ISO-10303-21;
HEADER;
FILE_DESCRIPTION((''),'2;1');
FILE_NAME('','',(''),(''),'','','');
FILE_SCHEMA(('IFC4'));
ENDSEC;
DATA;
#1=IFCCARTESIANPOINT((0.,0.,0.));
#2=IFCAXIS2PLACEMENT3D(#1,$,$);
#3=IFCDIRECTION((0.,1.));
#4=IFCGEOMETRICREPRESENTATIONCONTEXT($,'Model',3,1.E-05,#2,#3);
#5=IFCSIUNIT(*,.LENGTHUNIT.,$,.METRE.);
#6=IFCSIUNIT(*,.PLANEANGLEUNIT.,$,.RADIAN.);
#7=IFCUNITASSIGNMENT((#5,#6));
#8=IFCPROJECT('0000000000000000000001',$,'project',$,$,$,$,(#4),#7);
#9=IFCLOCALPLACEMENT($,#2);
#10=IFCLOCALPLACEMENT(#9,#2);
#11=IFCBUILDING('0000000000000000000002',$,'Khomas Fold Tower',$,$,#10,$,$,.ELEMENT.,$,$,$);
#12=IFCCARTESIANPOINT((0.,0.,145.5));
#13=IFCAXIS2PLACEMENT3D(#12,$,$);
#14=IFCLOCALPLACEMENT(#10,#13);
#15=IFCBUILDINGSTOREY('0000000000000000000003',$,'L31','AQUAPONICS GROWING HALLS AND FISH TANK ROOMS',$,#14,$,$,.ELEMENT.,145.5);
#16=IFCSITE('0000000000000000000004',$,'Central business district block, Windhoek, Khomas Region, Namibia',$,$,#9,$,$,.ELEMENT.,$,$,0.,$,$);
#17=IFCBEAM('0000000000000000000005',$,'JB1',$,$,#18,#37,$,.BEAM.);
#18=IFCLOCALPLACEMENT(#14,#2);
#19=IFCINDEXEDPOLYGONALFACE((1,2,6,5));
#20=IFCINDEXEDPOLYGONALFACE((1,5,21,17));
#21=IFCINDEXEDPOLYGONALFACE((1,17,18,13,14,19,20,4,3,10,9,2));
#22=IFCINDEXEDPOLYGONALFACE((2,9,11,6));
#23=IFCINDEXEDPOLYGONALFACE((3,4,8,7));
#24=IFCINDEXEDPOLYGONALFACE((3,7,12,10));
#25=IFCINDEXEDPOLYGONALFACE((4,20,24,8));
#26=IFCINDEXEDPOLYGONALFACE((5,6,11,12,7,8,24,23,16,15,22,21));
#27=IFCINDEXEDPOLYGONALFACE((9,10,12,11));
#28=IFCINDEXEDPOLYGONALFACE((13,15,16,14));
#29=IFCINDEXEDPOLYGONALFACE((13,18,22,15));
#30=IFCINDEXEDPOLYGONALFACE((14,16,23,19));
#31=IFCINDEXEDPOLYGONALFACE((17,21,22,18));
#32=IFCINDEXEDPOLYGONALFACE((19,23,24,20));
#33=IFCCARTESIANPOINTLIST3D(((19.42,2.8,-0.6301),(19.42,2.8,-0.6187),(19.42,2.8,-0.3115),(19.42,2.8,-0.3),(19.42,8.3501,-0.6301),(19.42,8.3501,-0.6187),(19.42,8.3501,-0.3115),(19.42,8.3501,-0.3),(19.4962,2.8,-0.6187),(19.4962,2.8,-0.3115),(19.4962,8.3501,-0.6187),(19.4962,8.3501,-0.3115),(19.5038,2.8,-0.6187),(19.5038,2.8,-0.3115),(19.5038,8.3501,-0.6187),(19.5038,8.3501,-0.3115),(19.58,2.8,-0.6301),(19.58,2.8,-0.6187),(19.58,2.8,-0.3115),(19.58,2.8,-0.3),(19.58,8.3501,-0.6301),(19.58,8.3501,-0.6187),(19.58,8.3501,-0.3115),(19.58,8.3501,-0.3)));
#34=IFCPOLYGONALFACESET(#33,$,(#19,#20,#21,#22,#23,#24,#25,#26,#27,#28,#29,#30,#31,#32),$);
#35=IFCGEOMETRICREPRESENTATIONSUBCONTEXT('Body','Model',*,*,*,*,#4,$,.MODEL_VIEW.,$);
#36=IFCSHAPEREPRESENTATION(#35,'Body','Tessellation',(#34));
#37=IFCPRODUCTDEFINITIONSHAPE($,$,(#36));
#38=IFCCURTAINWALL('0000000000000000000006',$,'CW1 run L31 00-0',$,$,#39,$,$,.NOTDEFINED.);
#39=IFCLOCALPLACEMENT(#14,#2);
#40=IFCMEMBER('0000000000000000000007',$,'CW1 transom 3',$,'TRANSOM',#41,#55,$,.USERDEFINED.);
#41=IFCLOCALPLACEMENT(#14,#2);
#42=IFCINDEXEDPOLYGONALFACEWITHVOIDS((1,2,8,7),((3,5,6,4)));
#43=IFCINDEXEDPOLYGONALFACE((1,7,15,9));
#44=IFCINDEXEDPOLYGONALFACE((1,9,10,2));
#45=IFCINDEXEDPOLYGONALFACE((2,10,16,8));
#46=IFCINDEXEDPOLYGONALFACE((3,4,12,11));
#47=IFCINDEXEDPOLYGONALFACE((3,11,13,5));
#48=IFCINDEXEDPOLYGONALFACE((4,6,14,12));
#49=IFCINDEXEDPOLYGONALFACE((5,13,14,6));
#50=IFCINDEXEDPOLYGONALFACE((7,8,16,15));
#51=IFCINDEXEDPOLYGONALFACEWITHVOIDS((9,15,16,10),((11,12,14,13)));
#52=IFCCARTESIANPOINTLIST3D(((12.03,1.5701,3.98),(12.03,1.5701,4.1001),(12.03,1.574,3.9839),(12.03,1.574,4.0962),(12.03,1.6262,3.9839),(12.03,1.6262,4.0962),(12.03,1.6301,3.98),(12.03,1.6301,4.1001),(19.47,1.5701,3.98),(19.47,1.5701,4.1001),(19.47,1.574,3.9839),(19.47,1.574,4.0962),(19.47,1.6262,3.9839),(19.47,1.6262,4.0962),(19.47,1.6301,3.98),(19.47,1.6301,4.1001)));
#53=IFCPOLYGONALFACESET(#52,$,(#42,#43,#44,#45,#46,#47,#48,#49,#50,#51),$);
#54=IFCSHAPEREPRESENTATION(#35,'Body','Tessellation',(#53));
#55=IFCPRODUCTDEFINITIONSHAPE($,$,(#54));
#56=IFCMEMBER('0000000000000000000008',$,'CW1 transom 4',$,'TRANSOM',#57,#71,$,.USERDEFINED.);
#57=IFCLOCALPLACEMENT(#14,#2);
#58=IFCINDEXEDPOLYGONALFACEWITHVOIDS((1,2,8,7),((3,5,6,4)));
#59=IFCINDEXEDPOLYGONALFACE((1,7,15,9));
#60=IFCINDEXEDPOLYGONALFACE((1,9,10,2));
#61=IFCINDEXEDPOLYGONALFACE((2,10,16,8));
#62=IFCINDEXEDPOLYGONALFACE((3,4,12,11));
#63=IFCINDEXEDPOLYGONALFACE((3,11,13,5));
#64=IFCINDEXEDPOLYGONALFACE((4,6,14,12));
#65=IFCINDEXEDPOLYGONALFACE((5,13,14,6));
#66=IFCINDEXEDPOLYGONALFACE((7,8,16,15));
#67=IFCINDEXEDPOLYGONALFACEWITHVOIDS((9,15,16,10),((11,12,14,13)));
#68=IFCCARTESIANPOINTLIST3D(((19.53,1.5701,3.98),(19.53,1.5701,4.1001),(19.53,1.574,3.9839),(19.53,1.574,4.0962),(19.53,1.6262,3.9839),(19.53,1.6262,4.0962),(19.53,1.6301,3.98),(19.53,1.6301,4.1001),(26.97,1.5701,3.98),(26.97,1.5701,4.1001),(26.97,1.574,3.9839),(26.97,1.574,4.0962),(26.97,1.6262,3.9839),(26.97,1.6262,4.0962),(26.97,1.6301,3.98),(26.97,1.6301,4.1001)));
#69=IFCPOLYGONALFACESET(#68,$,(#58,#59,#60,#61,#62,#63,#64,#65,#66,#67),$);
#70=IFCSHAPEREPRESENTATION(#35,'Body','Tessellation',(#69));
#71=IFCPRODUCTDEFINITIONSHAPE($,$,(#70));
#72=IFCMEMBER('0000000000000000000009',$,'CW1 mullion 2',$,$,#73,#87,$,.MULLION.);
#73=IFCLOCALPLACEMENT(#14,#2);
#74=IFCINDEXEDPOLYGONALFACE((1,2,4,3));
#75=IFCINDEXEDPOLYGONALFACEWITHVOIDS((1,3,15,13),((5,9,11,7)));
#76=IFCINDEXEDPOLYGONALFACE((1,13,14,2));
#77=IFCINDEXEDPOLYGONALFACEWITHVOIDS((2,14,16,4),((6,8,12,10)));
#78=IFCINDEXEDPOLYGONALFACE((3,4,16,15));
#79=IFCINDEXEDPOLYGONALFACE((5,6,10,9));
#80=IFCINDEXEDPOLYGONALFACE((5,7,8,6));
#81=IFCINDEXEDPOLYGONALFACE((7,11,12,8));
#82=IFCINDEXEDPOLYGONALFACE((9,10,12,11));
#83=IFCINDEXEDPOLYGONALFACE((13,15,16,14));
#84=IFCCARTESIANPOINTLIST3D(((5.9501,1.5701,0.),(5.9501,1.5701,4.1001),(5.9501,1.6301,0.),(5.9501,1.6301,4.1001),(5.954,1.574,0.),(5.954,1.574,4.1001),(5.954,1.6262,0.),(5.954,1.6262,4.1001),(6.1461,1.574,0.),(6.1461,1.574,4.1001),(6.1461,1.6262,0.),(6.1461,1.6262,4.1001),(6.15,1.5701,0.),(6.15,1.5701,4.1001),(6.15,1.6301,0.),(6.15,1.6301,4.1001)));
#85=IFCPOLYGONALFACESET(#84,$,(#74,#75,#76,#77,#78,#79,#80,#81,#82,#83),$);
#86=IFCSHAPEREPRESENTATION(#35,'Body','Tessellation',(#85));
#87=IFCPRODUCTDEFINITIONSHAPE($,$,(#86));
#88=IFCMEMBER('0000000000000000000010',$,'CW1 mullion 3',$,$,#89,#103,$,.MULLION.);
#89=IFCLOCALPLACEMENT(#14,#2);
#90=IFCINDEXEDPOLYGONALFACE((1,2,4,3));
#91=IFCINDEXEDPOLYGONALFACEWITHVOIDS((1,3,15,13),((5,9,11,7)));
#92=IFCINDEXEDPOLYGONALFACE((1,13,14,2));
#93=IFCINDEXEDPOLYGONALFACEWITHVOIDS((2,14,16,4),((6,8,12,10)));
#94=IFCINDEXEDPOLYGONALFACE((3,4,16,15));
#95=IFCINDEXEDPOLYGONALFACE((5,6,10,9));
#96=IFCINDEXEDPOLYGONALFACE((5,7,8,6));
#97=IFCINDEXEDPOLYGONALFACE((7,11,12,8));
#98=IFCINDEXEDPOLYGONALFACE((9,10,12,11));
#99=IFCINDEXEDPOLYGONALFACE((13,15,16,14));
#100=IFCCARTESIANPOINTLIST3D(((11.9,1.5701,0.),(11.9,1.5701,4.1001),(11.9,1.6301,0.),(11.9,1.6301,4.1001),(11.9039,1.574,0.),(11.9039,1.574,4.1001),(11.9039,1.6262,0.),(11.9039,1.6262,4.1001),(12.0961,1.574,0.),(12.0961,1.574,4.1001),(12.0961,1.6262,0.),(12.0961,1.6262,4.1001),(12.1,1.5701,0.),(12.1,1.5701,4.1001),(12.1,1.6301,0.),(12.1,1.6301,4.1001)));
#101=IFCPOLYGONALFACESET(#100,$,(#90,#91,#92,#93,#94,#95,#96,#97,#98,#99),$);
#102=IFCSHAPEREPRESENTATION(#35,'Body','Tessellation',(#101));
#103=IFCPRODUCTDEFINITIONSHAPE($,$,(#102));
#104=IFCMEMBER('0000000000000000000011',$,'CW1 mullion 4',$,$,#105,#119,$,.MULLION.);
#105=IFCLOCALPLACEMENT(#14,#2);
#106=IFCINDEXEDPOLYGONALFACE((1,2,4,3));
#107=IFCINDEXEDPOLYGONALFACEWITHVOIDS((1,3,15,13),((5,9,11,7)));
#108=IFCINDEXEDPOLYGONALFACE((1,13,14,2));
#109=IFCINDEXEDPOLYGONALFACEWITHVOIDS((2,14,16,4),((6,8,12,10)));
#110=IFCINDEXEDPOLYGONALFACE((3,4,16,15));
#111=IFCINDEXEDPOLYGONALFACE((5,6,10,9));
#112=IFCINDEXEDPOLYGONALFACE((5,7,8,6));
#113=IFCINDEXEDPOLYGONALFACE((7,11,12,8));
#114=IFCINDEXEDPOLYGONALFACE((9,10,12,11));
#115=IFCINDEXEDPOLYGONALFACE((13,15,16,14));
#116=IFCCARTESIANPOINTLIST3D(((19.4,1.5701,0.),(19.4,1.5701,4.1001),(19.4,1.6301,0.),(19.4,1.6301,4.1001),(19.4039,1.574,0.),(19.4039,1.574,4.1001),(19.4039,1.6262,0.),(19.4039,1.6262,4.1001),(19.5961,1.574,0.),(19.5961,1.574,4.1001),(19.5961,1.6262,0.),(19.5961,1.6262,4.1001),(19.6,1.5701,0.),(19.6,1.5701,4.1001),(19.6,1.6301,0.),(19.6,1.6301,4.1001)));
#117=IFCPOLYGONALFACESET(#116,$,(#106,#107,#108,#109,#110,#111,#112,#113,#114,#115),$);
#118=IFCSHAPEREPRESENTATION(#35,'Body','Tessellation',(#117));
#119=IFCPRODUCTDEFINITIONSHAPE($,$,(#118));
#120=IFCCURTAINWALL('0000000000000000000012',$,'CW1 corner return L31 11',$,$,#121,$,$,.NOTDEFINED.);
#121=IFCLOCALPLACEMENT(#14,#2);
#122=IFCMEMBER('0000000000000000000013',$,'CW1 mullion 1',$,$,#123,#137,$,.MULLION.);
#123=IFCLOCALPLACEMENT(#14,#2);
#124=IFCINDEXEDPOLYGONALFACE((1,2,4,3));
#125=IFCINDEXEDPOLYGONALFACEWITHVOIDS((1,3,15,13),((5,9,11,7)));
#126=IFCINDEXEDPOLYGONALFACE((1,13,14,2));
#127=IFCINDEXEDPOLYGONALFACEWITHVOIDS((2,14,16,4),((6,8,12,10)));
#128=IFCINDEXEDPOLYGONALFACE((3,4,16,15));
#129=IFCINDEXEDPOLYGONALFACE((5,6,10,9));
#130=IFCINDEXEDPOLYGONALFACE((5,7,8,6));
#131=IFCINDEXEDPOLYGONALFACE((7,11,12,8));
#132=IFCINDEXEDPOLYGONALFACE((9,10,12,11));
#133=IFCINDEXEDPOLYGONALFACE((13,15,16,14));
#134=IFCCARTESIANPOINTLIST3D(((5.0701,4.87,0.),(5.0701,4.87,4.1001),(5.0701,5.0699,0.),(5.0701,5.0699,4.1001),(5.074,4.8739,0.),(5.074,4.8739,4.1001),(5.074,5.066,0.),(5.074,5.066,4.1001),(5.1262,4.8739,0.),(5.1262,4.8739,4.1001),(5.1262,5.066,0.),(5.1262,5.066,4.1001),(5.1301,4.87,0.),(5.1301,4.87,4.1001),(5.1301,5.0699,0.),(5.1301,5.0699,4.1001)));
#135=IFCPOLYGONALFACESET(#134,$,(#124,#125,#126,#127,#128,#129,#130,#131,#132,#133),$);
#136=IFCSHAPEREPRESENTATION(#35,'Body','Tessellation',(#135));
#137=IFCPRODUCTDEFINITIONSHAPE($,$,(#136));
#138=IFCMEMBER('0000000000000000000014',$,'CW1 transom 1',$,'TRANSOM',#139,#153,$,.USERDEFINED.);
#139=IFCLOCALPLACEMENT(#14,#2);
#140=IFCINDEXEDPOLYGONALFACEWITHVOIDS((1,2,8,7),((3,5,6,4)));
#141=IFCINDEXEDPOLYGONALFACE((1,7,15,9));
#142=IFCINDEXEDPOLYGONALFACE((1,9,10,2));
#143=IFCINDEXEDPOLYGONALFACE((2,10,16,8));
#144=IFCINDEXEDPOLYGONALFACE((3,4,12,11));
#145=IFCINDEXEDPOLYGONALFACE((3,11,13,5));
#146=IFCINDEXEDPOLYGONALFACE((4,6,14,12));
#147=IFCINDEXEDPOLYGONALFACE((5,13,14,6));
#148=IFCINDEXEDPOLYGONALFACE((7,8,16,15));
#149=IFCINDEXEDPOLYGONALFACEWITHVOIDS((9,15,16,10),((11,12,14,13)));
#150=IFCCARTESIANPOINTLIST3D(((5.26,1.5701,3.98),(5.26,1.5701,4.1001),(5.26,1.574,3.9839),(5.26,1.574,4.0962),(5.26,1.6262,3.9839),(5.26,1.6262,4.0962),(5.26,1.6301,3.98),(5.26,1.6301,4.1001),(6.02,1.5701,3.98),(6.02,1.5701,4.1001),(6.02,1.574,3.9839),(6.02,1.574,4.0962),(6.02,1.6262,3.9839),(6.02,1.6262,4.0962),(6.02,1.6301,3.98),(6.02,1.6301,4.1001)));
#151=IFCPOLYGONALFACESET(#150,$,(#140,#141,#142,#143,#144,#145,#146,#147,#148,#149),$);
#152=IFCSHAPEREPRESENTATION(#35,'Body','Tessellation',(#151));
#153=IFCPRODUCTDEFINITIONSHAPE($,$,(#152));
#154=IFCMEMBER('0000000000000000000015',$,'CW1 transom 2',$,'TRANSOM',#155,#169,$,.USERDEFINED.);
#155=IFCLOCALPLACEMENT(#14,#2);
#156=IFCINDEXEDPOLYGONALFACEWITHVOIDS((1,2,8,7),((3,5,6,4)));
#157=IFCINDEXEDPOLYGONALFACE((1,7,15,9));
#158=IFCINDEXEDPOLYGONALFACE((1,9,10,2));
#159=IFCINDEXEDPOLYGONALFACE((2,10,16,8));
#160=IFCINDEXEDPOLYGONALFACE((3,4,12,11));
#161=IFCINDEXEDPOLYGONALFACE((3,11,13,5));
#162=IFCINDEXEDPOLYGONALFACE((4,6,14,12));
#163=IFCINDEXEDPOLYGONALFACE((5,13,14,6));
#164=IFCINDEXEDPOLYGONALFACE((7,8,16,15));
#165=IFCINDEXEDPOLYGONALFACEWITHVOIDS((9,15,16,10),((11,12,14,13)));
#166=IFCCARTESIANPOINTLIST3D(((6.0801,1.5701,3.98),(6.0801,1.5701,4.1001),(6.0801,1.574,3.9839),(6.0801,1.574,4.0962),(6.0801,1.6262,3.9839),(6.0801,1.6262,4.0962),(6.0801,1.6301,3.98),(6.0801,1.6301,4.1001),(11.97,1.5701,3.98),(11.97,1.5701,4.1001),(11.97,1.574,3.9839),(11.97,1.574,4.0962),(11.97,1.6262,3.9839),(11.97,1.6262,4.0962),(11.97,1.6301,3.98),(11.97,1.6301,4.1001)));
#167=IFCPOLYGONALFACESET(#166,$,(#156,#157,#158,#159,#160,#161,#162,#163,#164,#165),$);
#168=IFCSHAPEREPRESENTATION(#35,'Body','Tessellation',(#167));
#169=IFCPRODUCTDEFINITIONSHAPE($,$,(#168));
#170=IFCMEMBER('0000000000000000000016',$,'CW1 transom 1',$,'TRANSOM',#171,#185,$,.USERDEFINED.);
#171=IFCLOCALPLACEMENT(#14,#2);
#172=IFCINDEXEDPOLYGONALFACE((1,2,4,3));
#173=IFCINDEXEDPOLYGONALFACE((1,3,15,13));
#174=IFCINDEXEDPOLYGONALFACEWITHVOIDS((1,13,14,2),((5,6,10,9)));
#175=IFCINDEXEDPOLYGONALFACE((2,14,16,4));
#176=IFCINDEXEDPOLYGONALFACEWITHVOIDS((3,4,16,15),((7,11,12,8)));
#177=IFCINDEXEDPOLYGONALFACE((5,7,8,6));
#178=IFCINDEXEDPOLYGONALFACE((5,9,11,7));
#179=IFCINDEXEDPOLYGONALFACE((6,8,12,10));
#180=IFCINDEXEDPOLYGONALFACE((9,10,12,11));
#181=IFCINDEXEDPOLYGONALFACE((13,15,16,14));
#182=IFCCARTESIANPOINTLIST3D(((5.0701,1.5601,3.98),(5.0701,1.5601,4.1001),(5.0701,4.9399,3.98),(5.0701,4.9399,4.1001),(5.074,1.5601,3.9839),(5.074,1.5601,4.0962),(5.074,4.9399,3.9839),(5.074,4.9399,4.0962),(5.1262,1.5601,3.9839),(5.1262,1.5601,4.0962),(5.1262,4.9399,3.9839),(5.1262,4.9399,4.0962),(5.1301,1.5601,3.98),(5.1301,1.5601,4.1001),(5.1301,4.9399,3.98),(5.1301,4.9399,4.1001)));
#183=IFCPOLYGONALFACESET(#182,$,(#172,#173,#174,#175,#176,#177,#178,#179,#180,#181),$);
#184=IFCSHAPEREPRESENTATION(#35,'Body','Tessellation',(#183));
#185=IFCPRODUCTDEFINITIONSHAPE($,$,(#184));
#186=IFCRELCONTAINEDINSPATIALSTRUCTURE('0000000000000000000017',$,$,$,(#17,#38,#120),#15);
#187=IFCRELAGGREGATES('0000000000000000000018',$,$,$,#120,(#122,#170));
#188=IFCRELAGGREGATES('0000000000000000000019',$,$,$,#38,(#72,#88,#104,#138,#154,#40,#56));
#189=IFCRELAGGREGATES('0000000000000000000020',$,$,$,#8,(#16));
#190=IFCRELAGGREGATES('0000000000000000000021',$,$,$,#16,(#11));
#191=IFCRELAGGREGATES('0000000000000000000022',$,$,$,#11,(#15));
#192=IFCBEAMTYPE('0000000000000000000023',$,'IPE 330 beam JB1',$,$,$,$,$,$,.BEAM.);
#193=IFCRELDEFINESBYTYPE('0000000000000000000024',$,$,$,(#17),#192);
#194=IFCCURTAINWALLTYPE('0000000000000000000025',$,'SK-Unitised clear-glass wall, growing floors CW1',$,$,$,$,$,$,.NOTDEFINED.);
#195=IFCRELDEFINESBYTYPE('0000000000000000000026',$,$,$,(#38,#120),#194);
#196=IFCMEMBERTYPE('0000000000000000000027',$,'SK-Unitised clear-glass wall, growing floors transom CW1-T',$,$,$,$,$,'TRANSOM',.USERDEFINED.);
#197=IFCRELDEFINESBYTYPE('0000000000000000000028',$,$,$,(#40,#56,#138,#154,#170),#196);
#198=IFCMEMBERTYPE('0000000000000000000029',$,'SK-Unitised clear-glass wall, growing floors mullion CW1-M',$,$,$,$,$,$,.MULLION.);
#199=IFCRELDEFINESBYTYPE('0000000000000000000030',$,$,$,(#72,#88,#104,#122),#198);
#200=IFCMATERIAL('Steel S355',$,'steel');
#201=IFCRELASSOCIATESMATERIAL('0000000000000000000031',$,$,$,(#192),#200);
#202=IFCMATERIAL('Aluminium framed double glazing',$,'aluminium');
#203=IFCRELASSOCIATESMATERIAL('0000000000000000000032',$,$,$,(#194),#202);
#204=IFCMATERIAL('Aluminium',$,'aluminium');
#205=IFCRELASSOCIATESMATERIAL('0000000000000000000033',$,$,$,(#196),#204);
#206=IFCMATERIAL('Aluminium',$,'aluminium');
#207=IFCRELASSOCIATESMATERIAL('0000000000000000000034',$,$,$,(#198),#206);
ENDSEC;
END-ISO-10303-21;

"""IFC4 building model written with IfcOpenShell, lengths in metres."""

from ifc_helpers import new_model, si_unit, direction, frame, origin, origin_2d, place, context, subcontext, project, spatial, hollow_rectangle, i_section, extrude, source, transform, mapped, material, material_profile, profile_set, type_object, element, aggregate, save


model = new_model("IFC4")

# Units and contexts
model_context = context("Model", 3, precision=1e-05, world=origin(), true_north=direction((0.0, 1.0)))
body_context = subcontext(model_context, "Body", "Model", "MODEL_VIEW")
ifc_project = project(units=[si_unit("LENGTHUNIT", "METRE"), si_unit("PLANEANGLEUNIT", "RADIAN")], contexts=[model_context])

# Site, building, storey
site_placement = place(None, origin())
site = spatial("IfcSite", under=ifc_project, at=site_placement, Name="Central business district block, Windhoek, Khomas Region, Namibia", CompositionType="ELEMENT", RefElevation=0.0)
building_placement = place(site_placement, origin())
building = spatial("IfcBuilding", under=site, at=building_placement, Name="Khomas Fold Tower", CompositionType="ELEMENT")
storey_placement = place(building_placement, frame((0.0, 0.0, 145.5)))
storey = spatial("IfcBuildingStorey", under=building, at=storey_placement, Name="L31", Description="AQUAPONICS GROWING HALLS AND FISH TANK ROOMS", CompositionType="ELEMENT", Elevation=145.5)

# Beam
ifc_material_1 = material(Name="Steel S355", Category="steel")
ifc_material_profile_1 = material_profile(ifc_material_1, i_section(OverallWidth=0.1599, OverallDepth=0.3301, WebThickness=0.0076, FlangeThickness=0.0115, at=origin_2d()), Name="IPE 330")
ifc_profile_set_1 = profile_set([ifc_material_profile_1], Name="Steel S355")
beam_type_1 = type_object("IfcBeamType", Name="IPE 330 beam JB1", PredefinedType="BEAM", material=ifc_profile_set_1)
shared_shape_1 = source(origin(), body_context, "Body", "SweptSolid", [
    extrude(i_section(OverallWidth=0.1599, OverallDepth=0.3301, WebThickness=0.0076, FlangeThickness=0.0115, at=origin_2d()), origin(), (0.0, 0.0, 1.0), 5.55),
])
beam_1_placement = place(storey_placement, frame((19.5, 2.8, -0.4651), z_axis=(0.0, 1.0, 0.0), x_axis=(-1.0, 0.0, 0.0)))
element("IfcBeam", 1, at=beam_1_placement, inside=storey, type_object=beam_type_1, Name="JB1", PredefinedType="BEAM", context=body_context, shape_type="MappedRepresentation", body=[
    mapped(shared_shape_1, transform((0.0, 0.0, 0.0))),
])

# Curtain wall, members
ifc_material_2 = material(Name="Aluminium framed double glazing", Category="aluminium")
curtain_wall_type = type_object("IfcCurtainWallType", Name="SK-Unitised clear-glass wall, growing floors CW1", PredefinedType="NOTDEFINED", material=ifc_material_2)
curtain_wall_1_placement = place(storey_placement, origin())
curtain_wall_1 = element("IfcCurtainWall", 2, at=curtain_wall_1_placement, inside=storey, type_object=curtain_wall_type, Name="CW1 run L31 00-0", PredefinedType="NOTDEFINED")
ifc_material_3 = material(Name="Aluminium", Category="aluminium")
ifc_material_profile_2 = material_profile(ifc_material_3, hollow_rectangle(XDim=0.0601, YDim=0.1201, WallThickness=0.0039, at=origin_2d()), Name="SK-Unitised clear-glass wall, growing floors transom CW1-T")
ifc_profile_set_2 = profile_set([ifc_material_profile_2], Name="Aluminium")
member_type_1 = type_object("IfcMemberType", Name="SK-Unitised clear-glass wall, growing floors transom CW1-T", ElementType="TRANSOM", PredefinedType="USERDEFINED", material=ifc_profile_set_2)
shared_shape_2 = source(origin(), body_context, "Body", "SweptSolid", [
    extrude(hollow_rectangle(XDim=0.0601, YDim=0.1201, WallThickness=0.0039, at=origin_2d()), origin(), (0.0, 0.0, 1.0), 7.4399),
])
member_1_placement = place(storey_placement, frame((12.03, 1.6001, 4.04), z_axis=(1.0, 0.0, 0.0), x_axis=(0.0, 1.0, 0.0)))
member_1 = element("IfcMember", 3, at=member_1_placement, type_object=member_type_1, Name="CW1 transom 3", ObjectType="TRANSOM", PredefinedType="USERDEFINED", context=body_context, shape_type="MappedRepresentation", body=[
    mapped(shared_shape_2, transform((0.0, 0.0, 0.0))),
])
member_2_placement = place(storey_placement, frame((19.53, 1.6001, 4.04), z_axis=(1.0, 0.0, 0.0), x_axis=(0.0, 1.0, 0.0)))
member_2 = element("IfcMember", 4, at=member_2_placement, type_object=member_type_1, Name="CW1 transom 4", ObjectType="TRANSOM", PredefinedType="USERDEFINED", context=body_context, shape_type="MappedRepresentation", body=[
    mapped(shared_shape_2, transform((0.0, 0.0, 0.0))),
])
ifc_material_4 = material(Name="Aluminium", Category="aluminium")
ifc_material_profile_3 = material_profile(ifc_material_4, hollow_rectangle(XDim=0.0601, YDim=0.2, WallThickness=0.0039, at=origin_2d()), Name="SK-Unitised clear-glass wall, growing floors mullion CW1-M")
ifc_profile_set_3 = profile_set([ifc_material_profile_3], Name="Aluminium")
member_type_2 = type_object("IfcMemberType", Name="SK-Unitised clear-glass wall, growing floors mullion CW1-M", PredefinedType="MULLION", material=ifc_profile_set_3)
shared_shape_3 = source(origin(), body_context, "Body", "SweptSolid", [
    extrude(hollow_rectangle(XDim=0.0601, YDim=0.2, WallThickness=0.0039, at=origin_2d()), origin(), (0.0, 0.0, 1.0), 4.1001),
])
member_3_placement = place(storey_placement, frame((6.05, 1.6001, 0.0), z_axis=(0.0, 0.0, 1.0), x_axis=(0.0, 1.0, 0.0)))
member_3 = element("IfcMember", 5, at=member_3_placement, type_object=member_type_2, Name="CW1 mullion 2", PredefinedType="MULLION", context=body_context, shape_type="MappedRepresentation", body=[
    mapped(shared_shape_3, transform((0.0, 0.0, 0.0))),
])
member_4_placement = place(storey_placement, frame((12.0, 1.6001, 0.0), z_axis=(0.0, 0.0, 1.0), x_axis=(0.0, 1.0, 0.0)))
member_4 = element("IfcMember", 6, at=member_4_placement, type_object=member_type_2, Name="CW1 mullion 3", PredefinedType="MULLION", context=body_context, shape_type="MappedRepresentation", body=[
    mapped(shared_shape_3, transform((0.0, 0.0, 0.0))),
])
member_5_placement = place(storey_placement, frame((19.5, 1.6001, 0.0), z_axis=(0.0, 0.0, 1.0), x_axis=(0.0, 1.0, 0.0)))
member_5 = element("IfcMember", 7, at=member_5_placement, type_object=member_type_2, Name="CW1 mullion 4", PredefinedType="MULLION", context=body_context, shape_type="MappedRepresentation", body=[
    mapped(shared_shape_3, transform((0.0, 0.0, 0.0))),
])

# Curtain wall, member
curtain_wall_2_placement = place(storey_placement, origin())
curtain_wall_2 = element("IfcCurtainWall", 8, at=curtain_wall_2_placement, inside=storey, type_object=curtain_wall_type, Name="CW1 corner return L31 11", PredefinedType="NOTDEFINED")
member_6_placement = place(storey_placement, frame((5.1001, 4.97, 0.0), z_axis=(0.0, 0.0, 1.0), x_axis=(1.0, 0.0, 0.0)))
member_6 = element("IfcMember", 9, at=member_6_placement, type_object=member_type_2, Name="CW1 mullion 1", PredefinedType="MULLION", context=body_context, shape_type="MappedRepresentation", body=[
    mapped(shared_shape_3, transform((0.0, 0.0, 0.0))),
])

# Members
shared_shape_4 = source(origin(), body_context, "Body", "SweptSolid", [
    extrude(hollow_rectangle(XDim=0.0601, YDim=0.1201, WallThickness=0.0039, at=origin_2d()), origin(), (0.0, 0.0, 1.0), 0.76),
])
member_7_placement = place(storey_placement, frame((5.26, 1.6001, 4.04), z_axis=(1.0, 0.0, 0.0), x_axis=(0.0, 1.0, 0.0)))
member_7 = element("IfcMember", 10, at=member_7_placement, type_object=member_type_1, Name="CW1 transom 1", ObjectType="TRANSOM", PredefinedType="USERDEFINED", context=body_context, shape_type="MappedRepresentation", body=[
    mapped(shared_shape_4, transform((0.0, 0.0, 0.0))),
])
shared_shape_5 = source(origin(), body_context, "Body", "SweptSolid", [
    extrude(hollow_rectangle(XDim=0.0601, YDim=0.1201, WallThickness=0.0039, at=origin_2d()), origin(), (0.0, 0.0, 1.0), 5.8899),
])
member_8_placement = place(storey_placement, frame((6.0801, 1.6001, 4.04), z_axis=(1.0, 0.0, 0.0), x_axis=(0.0, 1.0, 0.0)))
member_8 = element("IfcMember", 11, at=member_8_placement, type_object=member_type_1, Name="CW1 transom 2", ObjectType="TRANSOM", PredefinedType="USERDEFINED", context=body_context, shape_type="MappedRepresentation", body=[
    mapped(shared_shape_5, transform((0.0, 0.0, 0.0))),
])
shared_shape_6 = source(origin(), body_context, "Body", "SweptSolid", [
    extrude(hollow_rectangle(XDim=0.0601, YDim=0.1201, WallThickness=0.0039, at=origin_2d()), origin(), (0.0, 0.0, 1.0), 3.3799),
])
member_9_placement = place(storey_placement, frame((5.1001, 4.9399, 4.04), z_axis=(0.0, -1.0, 0.0), x_axis=(1.0, 0.0, 0.0)))
member_9 = element("IfcMember", 12, at=member_9_placement, type_object=member_type_1, Name="CW1 transom 1", ObjectType="TRANSOM", PredefinedType="USERDEFINED", context=body_context, shape_type="MappedRepresentation", body=[
    mapped(shared_shape_6, transform((0.0, 0.0, 0.0))),
])
aggregate(curtain_wall_2, [member_6, member_9])

aggregate(curtain_wall_1, [member_3, member_4, member_5, member_7, member_8, member_1, member_2])

save(model, "model.ifc")
